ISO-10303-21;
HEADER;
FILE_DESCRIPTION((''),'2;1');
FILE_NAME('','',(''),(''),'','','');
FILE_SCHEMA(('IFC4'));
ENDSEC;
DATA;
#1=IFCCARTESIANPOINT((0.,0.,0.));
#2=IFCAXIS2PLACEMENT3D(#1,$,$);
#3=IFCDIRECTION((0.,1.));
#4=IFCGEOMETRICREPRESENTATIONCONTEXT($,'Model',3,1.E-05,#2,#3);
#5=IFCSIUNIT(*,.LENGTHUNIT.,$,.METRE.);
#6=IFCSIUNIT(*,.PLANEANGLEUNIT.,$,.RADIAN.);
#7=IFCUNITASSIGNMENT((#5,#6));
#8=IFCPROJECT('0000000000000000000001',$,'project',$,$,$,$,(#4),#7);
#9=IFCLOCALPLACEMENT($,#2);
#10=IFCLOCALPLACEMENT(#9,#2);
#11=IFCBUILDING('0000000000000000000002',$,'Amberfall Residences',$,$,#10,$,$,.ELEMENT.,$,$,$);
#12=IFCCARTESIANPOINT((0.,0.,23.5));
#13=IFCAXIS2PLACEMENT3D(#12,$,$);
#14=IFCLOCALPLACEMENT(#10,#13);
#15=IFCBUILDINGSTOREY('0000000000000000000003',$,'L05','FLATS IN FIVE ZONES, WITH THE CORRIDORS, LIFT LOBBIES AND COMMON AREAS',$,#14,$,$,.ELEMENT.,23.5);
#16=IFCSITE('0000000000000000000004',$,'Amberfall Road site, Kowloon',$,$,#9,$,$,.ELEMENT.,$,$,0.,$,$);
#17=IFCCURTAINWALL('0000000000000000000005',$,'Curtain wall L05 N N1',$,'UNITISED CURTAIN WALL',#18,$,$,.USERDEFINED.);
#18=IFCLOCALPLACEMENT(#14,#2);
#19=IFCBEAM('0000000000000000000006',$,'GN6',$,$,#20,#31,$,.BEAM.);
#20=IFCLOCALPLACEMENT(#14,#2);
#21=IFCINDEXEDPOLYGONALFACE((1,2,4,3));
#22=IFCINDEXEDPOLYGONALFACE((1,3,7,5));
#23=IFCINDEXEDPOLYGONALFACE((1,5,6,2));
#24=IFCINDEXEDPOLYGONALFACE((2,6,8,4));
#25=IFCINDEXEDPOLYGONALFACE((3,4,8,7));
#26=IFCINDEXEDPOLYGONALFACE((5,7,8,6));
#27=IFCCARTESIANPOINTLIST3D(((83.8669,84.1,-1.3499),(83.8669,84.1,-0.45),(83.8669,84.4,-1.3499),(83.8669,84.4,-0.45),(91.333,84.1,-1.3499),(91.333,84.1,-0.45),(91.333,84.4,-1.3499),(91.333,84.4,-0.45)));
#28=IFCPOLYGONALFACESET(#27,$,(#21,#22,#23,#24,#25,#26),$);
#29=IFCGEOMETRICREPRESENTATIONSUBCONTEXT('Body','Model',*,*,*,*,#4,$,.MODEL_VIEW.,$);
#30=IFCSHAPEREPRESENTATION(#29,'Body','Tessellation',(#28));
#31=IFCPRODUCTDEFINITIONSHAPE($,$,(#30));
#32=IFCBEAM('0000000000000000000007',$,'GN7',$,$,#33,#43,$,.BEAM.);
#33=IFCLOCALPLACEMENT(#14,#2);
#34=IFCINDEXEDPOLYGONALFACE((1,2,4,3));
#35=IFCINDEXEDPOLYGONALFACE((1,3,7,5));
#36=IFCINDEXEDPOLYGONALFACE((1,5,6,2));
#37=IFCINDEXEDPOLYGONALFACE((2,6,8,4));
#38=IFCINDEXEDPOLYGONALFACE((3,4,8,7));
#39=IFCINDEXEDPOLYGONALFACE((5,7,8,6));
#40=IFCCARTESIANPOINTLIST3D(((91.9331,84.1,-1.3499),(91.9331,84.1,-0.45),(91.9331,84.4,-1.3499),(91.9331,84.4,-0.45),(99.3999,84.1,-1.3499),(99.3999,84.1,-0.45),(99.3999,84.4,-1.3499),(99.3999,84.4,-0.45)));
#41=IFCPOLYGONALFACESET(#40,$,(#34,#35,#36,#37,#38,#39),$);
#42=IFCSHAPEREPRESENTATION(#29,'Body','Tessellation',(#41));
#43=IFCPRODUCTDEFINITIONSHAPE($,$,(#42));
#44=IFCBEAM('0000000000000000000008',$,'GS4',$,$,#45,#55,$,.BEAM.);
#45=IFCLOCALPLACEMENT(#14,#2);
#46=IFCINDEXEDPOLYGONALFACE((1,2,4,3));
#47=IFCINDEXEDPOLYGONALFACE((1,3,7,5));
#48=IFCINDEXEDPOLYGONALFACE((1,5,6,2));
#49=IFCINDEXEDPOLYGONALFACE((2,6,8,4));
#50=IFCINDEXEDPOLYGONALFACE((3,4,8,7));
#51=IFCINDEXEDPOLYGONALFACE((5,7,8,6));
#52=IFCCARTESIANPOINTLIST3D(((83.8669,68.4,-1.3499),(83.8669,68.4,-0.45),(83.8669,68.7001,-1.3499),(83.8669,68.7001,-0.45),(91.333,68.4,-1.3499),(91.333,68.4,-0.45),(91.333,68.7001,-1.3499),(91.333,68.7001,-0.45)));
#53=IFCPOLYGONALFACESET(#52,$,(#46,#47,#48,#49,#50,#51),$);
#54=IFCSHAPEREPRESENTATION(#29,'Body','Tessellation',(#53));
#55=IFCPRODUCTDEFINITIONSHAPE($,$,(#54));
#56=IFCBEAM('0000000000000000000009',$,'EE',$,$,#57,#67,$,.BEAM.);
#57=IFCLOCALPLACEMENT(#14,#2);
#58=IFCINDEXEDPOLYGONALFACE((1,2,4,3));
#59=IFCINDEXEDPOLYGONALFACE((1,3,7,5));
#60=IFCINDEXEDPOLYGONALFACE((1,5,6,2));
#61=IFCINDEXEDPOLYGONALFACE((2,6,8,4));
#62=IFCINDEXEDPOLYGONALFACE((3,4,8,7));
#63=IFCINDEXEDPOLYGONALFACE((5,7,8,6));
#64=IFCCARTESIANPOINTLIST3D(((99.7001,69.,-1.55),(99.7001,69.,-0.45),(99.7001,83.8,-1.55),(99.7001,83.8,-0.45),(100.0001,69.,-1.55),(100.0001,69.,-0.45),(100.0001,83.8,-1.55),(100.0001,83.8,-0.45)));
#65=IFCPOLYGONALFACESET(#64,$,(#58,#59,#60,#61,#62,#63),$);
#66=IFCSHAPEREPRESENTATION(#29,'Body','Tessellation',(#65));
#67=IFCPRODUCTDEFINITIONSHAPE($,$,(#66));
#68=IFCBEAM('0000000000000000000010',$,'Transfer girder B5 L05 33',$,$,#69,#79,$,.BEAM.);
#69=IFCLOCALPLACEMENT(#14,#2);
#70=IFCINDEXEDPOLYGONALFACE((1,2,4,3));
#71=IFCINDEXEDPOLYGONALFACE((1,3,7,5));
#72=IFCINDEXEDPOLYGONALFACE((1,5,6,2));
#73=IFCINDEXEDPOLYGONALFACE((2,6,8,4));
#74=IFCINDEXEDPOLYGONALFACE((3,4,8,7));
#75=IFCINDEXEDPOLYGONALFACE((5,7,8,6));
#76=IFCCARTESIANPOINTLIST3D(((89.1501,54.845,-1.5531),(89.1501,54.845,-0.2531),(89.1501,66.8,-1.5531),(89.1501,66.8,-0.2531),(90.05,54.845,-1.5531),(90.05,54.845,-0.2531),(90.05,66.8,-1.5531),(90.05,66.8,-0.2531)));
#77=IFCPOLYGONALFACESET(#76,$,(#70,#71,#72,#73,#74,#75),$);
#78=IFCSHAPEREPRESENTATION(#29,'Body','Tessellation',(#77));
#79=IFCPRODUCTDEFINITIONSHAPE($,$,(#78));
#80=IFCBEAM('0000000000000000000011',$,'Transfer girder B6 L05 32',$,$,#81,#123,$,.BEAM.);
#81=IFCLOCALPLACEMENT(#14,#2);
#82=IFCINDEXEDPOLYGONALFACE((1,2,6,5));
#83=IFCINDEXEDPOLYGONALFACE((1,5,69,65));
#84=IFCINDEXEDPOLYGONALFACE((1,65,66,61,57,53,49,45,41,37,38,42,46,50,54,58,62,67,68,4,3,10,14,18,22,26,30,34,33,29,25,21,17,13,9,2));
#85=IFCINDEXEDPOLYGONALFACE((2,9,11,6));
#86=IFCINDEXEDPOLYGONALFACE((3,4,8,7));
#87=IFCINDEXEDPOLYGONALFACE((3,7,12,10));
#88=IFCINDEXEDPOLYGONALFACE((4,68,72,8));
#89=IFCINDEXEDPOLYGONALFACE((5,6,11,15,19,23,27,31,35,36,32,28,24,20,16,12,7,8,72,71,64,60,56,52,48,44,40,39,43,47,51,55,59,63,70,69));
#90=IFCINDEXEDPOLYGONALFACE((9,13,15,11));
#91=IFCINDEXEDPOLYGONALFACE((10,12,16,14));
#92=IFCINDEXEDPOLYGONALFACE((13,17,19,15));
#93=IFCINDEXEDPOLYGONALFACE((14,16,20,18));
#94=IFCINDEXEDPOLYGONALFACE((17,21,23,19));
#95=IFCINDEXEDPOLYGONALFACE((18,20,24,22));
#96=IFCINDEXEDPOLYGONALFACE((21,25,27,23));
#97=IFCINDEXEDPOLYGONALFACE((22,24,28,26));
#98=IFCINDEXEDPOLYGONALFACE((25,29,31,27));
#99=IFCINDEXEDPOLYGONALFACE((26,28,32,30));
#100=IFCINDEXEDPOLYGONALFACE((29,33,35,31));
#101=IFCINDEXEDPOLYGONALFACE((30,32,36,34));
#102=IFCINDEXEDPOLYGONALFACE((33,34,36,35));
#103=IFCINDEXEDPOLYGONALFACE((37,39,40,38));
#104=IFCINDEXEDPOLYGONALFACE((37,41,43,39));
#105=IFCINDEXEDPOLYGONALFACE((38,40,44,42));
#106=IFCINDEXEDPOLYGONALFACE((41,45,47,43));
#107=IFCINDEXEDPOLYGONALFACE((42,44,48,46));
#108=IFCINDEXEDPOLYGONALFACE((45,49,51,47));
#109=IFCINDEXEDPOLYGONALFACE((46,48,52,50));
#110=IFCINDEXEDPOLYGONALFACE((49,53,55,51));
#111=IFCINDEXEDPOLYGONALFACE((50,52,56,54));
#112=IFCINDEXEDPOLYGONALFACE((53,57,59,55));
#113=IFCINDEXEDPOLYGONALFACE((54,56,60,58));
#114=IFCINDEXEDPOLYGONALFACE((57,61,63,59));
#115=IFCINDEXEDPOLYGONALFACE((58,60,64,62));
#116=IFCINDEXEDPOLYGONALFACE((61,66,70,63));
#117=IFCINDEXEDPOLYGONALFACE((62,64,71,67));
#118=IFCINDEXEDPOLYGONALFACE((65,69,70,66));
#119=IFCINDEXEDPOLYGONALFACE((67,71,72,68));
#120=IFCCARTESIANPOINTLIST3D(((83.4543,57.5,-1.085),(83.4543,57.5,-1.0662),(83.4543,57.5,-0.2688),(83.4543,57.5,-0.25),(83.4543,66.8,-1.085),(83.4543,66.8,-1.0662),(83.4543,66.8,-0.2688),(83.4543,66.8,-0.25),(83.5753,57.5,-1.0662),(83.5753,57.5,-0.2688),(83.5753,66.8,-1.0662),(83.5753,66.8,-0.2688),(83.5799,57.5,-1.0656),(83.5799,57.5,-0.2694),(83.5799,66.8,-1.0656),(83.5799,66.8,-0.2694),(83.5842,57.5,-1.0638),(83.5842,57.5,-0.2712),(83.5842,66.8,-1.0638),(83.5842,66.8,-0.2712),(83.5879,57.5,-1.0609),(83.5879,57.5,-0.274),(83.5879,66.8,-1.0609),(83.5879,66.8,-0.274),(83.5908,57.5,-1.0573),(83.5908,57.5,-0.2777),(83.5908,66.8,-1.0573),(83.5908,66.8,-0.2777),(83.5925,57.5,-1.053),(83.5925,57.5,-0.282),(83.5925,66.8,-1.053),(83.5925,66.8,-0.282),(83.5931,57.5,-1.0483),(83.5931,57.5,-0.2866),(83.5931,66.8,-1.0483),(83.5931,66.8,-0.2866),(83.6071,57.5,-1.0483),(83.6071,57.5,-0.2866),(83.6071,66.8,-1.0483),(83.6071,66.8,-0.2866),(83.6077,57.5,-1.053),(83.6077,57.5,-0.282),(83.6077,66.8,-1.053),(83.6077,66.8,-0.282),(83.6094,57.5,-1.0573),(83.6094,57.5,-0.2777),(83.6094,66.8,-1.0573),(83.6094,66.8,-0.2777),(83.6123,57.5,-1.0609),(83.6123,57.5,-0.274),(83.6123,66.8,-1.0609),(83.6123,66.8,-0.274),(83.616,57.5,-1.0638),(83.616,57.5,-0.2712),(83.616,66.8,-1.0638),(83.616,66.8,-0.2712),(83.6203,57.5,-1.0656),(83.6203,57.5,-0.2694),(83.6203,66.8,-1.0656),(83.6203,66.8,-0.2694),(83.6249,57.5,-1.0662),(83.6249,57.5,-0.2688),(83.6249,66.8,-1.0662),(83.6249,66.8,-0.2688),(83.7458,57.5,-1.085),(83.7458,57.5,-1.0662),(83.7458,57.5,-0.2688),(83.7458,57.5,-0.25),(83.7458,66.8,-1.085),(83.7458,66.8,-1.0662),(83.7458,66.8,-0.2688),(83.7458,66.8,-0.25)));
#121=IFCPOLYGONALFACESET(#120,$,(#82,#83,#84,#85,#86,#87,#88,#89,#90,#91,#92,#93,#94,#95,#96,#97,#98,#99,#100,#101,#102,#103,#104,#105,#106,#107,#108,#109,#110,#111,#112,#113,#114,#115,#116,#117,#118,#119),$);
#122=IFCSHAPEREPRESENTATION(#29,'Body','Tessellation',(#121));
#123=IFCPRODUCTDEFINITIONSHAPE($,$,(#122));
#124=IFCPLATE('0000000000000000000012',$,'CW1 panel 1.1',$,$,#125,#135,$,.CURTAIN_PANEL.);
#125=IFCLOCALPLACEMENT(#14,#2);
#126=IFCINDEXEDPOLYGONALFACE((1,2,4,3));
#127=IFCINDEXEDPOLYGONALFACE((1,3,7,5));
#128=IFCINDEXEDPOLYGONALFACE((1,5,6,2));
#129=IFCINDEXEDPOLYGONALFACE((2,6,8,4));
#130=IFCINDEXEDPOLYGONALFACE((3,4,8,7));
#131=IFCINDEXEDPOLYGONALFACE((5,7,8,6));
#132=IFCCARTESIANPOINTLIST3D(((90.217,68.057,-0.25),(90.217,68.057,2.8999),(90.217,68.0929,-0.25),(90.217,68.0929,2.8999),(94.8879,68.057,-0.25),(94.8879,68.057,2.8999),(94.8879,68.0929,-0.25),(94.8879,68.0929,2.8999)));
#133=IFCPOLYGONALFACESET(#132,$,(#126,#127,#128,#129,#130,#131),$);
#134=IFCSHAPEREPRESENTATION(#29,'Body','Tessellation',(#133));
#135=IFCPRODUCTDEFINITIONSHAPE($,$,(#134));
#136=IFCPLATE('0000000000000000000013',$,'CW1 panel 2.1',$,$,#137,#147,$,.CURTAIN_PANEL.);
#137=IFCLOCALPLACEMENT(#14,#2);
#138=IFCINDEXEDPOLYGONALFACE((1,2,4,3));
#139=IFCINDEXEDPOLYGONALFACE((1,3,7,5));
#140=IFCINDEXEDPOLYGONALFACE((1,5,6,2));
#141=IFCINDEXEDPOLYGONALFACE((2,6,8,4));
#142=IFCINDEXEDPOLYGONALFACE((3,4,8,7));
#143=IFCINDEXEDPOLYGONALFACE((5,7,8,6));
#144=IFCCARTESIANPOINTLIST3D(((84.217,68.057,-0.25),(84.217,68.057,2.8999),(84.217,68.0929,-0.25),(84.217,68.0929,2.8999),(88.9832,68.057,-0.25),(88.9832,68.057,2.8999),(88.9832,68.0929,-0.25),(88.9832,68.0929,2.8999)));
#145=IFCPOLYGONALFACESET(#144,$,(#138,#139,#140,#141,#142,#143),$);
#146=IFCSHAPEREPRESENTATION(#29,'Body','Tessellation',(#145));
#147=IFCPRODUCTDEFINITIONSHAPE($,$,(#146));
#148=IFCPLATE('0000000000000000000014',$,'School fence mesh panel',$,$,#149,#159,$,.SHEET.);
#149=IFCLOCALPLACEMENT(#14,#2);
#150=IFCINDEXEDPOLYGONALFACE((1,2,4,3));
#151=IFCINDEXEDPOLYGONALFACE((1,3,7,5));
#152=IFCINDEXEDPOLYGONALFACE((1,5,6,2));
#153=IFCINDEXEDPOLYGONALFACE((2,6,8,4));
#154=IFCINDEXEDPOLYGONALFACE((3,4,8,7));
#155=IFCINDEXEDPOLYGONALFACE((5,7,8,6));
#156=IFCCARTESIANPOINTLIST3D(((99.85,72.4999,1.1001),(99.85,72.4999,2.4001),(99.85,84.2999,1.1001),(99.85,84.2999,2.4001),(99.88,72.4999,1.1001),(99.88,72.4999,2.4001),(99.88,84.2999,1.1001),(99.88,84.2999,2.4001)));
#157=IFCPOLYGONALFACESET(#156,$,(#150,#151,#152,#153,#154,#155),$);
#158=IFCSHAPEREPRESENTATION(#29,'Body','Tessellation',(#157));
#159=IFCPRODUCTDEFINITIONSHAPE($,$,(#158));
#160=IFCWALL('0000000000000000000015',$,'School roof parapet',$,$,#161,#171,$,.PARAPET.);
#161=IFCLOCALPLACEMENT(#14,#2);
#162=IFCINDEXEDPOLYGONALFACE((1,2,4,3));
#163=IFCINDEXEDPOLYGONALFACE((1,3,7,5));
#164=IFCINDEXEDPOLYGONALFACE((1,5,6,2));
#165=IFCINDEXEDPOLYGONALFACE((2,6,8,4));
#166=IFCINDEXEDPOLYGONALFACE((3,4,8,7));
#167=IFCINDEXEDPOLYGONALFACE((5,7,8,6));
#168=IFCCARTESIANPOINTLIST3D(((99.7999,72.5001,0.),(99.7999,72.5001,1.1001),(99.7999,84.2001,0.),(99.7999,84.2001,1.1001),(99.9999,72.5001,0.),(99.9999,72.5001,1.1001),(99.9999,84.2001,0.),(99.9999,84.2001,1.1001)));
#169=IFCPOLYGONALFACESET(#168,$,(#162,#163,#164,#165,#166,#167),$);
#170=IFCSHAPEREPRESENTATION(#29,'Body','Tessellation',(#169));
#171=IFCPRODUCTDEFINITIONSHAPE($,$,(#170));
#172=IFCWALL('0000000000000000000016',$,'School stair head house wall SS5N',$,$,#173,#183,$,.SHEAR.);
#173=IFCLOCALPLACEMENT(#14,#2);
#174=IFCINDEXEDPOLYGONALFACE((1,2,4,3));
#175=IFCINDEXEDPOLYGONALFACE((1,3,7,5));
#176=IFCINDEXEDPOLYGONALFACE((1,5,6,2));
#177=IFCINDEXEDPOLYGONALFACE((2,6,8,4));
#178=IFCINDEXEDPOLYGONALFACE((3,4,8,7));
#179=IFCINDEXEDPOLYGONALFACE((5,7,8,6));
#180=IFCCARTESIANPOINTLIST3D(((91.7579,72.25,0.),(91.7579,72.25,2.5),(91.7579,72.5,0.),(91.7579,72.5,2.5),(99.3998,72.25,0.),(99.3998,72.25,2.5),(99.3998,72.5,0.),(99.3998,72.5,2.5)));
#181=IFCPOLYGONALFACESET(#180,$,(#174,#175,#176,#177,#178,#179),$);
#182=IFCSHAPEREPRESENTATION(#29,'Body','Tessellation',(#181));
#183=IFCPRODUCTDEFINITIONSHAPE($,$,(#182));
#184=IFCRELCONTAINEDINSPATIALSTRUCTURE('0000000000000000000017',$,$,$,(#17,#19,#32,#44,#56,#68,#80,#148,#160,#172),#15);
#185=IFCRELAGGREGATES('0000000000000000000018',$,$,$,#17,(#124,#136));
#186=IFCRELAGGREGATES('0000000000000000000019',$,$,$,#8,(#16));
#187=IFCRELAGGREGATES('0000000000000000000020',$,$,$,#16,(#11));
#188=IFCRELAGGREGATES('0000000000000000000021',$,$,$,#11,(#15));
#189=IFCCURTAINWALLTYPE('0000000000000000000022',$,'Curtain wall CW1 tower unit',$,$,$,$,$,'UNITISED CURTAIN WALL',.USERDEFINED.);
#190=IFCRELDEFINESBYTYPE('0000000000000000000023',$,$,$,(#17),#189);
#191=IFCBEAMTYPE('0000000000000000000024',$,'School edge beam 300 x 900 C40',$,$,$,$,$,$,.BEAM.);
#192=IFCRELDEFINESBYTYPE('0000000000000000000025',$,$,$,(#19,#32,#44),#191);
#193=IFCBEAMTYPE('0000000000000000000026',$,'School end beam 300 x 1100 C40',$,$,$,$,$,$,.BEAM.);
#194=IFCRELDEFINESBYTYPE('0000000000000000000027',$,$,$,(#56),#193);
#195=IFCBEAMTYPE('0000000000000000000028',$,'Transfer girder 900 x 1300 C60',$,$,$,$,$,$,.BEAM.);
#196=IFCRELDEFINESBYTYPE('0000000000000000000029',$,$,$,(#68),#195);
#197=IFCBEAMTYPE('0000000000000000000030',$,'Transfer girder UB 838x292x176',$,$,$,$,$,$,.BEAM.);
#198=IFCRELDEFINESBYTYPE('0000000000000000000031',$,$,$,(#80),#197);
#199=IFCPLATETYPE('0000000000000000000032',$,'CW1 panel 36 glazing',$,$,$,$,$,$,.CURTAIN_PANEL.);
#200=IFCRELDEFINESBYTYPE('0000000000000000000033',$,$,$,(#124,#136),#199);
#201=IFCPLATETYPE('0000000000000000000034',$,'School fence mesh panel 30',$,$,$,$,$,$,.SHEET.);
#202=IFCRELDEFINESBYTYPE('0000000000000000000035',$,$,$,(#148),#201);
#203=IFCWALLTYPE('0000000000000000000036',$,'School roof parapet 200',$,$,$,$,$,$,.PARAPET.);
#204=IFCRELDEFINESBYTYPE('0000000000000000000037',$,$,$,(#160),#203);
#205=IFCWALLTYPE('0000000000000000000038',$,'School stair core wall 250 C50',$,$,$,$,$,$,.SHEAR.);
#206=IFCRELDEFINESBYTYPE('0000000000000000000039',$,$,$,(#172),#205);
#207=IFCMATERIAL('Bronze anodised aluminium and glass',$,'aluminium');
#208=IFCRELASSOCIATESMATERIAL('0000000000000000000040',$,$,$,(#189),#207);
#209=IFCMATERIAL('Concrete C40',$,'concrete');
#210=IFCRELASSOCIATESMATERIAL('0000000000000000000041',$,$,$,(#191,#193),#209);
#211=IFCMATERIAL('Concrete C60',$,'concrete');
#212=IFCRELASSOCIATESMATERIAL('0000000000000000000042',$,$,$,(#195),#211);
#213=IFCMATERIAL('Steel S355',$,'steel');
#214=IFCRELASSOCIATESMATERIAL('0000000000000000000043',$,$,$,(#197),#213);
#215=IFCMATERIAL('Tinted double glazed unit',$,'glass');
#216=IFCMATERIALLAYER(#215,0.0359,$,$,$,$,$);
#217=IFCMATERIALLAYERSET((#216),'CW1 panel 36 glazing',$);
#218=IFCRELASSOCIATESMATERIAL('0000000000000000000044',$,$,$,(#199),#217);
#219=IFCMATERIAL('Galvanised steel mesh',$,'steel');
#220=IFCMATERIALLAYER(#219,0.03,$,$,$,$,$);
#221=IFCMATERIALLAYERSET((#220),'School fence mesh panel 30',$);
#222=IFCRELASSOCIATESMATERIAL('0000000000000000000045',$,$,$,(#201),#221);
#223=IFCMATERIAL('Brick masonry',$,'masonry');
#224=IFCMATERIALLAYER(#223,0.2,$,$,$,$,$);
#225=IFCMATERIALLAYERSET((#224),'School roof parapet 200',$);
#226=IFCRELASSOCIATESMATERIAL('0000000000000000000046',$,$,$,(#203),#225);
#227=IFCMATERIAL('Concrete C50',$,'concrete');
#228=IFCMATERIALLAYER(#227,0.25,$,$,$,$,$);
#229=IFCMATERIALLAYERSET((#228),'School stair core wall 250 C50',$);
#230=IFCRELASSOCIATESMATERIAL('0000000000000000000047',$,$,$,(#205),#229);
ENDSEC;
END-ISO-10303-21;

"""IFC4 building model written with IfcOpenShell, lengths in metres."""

from ifc_helpers import new_model, si_unit, direction, frame, frame_2d, origin, origin_2d, place, context, subcontext, project, spatial, rectangle, i_section, extrude, material, layer, layer_set, material_profile, profile_set, type_object, element, aggregate, save


model = new_model("IFC4")

# Units and contexts
model_context = context("Model", 3, precision=1e-05, world=origin(), true_north=direction((0.0, 1.0)))
body_context = subcontext(model_context, "Body", "Model", "MODEL_VIEW")
ifc_project = project(units=[si_unit("LENGTHUNIT", "METRE"), si_unit("PLANEANGLEUNIT", "RADIAN")], contexts=[model_context])

# Site, building, storey
site_placement = place(None, origin())
site = spatial("IfcSite", under=ifc_project, at=site_placement, Name="Amberfall Road site, Kowloon", CompositionType="ELEMENT", RefElevation=0.0)
building_placement = place(site_placement, origin())
building = spatial("IfcBuilding", under=site, at=building_placement, Name="Amberfall Residences", CompositionType="ELEMENT")
storey_placement = place(building_placement, frame((0.0, 0.0, 23.5)))
storey = spatial("IfcBuildingStorey", under=building, at=storey_placement, Name="L05", Description="FLATS IN FIVE ZONES, WITH THE CORRIDORS, LIFT LOBBIES AND COMMON AREAS", CompositionType="ELEMENT", Elevation=23.5)

# Curtain wall
ifc_material_1 = material(Name="Bronze anodised aluminium and glass", Category="aluminium")
curtain_wall_type = type_object("IfcCurtainWallType", Name="Curtain wall CW1 tower unit", ElementType="UNITISED CURTAIN WALL", PredefinedType="USERDEFINED", material=ifc_material_1)
curtain_wall_placement = place(storey_placement, origin())
curtain_wall = element("IfcCurtainWall", 1, at=curtain_wall_placement, inside=storey, type_object=curtain_wall_type, Name="Curtain wall L05 N N1", ObjectType="UNITISED CURTAIN WALL", PredefinedType="USERDEFINED")

# Shared definitions
ifc_material_2 = material(Name="Steel S355", Category="steel")

# Beams
ifc_material_3 = material(Name="Concrete C40", Category="concrete")
ifc_material_profile_1 = material_profile(ifc_material_3, rectangle(XDim=0.3, YDim=0.8999, at=origin_2d()), Name="School edge beam 300 x 900 C40")
ifc_profile_set_1 = profile_set([ifc_material_profile_1], Name="Concrete C40")
beam_type_1 = type_object("IfcBeamType", Name="School edge beam 300 x 900 C40", PredefinedType="BEAM", material=ifc_profile_set_1)
beam_1_placement = place(storey_placement, frame((83.8669, 84.25, -0.8999), z_axis=(1.0, 0.0, 0.0), x_axis=(0.0, 1.0, 0.0)))
element("IfcBeam", 2, at=beam_1_placement, inside=storey, type_object=beam_type_1, Name="GN6", PredefinedType="BEAM", context=body_context, shape_type="SweptSolid", body=[
    extrude(rectangle(XDim=0.3, YDim=0.8999, at=origin_2d()), origin(), (0.0, 0.0, 1.0), 7.4661),
])
beam_2_placement = place(storey_placement, frame((91.9331, 84.25, -0.8999), z_axis=(1.0, 0.0, 0.0), x_axis=(0.0, 1.0, 0.0)))
element("IfcBeam", 3, at=beam_2_placement, inside=storey, type_object=beam_type_1, Name="GN7", PredefinedType="BEAM", context=body_context, shape_type="SweptSolid", body=[
    extrude(rectangle(XDim=0.3, YDim=0.8999, at=origin_2d()), origin(), (0.0, 0.0, 1.0), 7.4668),
])
beam_3_placement = place(storey_placement, frame((83.8669, 68.55, -0.8999), z_axis=(1.0, 0.0, 0.0), x_axis=(0.0, 1.0, 0.0)))
element("IfcBeam", 4, at=beam_3_placement, inside=storey, type_object=beam_type_1, Name="GS4", PredefinedType="BEAM", context=body_context, shape_type="SweptSolid", body=[
    extrude(rectangle(XDim=0.3, YDim=0.8999, at=origin_2d()), origin(), (0.0, 0.0, 1.0), 7.4661),
])
ifc_material_profile_2 = material_profile(ifc_material_3, rectangle(XDim=0.3, YDim=1.1001, at=origin_2d()), Name="School end beam 300 x 1100 C40")
ifc_profile_set_2 = profile_set([ifc_material_profile_2], Name="Concrete C40")
beam_type_2 = type_object("IfcBeamType", Name="School end beam 300 x 1100 C40", PredefinedType="BEAM", material=ifc_profile_set_2)
beam_4_placement = place(storey_placement, frame((99.8501, 69.0, -1.0), z_axis=(0.0, 1.0, 0.0), x_axis=(-1.0, 0.0, 0.0)))
element("IfcBeam", 5, at=beam_4_placement, inside=storey, type_object=beam_type_2, Name="EE", PredefinedType="BEAM", context=body_context, shape_type="SweptSolid", body=[
    extrude(rectangle(XDim=0.3, YDim=1.1001, at=origin_2d()), origin(), (0.0, 0.0, 1.0), 14.8),
])
ifc_material_4 = material(Name="Concrete C60", Category="concrete")
ifc_material_profile_3 = material_profile(ifc_material_4, rectangle(XDim=0.8999, YDim=1.3, at=origin_2d()), Name="Transfer girder 900 x 1300 C60")
ifc_profile_set_3 = profile_set([ifc_material_profile_3], Name="Concrete C60")
beam_type_3 = type_object("IfcBeamType", Name="Transfer girder 900 x 1300 C60", PredefinedType="BEAM", material=ifc_profile_set_3)
beam_5_placement = place(storey_placement, frame((89.6001, 66.8, -0.9031), z_axis=(0.0, -1.0, 0.0), x_axis=(1.0, 0.0, 0.0)))
element("IfcBeam", 6, at=beam_5_placement, inside=storey, type_object=beam_type_3, Name="Transfer girder B5 L05 33", PredefinedType="BEAM", context=body_context, shape_type="SweptSolid", body=[
    extrude(rectangle(XDim=0.8999, YDim=1.3, at=origin_2d()), origin(), (0.0, 0.0, 1.0), 11.9551),
])
ifc_material_profile_4 = material_profile(ifc_material_2, i_section(OverallWidth=0.2915, OverallDepth=0.835, WebThickness=0.0139, FlangeThickness=0.0188, FilletRadius=0.0178, at=origin_2d()), Name="UB 838x292x176")
ifc_profile_set_4 = profile_set([ifc_material_profile_4], Name="Steel S355")
beam_type_4 = type_object("IfcBeamType", Name="Transfer girder UB 838x292x176", PredefinedType="BEAM", material=ifc_profile_set_4)
beam_6_placement = place(storey_placement, frame((83.6001, 66.8, -0.6675), z_axis=(0.0, -1.0, 0.0), x_axis=(1.0, 0.0, 0.0)))
element("IfcBeam", 7, at=beam_6_placement, inside=storey, type_object=beam_type_4, Name="Transfer girder B6 L05 32", PredefinedType="BEAM", context=body_context, shape_type="SweptSolid", body=[
    extrude(i_section(OverallWidth=0.2915, OverallDepth=0.835, WebThickness=0.0139, FlangeThickness=0.0188, FilletRadius=0.0178, at=origin_2d()), origin(), (0.0, 0.0, 1.0), 9.3),
])

# Plates
ifc_material_5 = material(Name="Tinted double glazed unit", Category="glass")
ifc_layer_1 = layer(ifc_material_5, 0.0359)
ifc_layer_set_1 = layer_set([ifc_layer_1], Name="CW1 panel 36 glazing")
plate_type_1 = type_object("IfcPlateType", Name="CW1 panel 36 glazing", PredefinedType="CURTAIN_PANEL", material=ifc_layer_set_1)
plate_1_placement = place(storey_placement, frame((92.5525, 68.075, -0.25), z_axis=(0.0, 0.0, 1.0), x_axis=(-1.0, 0.0, 0.0)))
plate_1 = element("IfcPlate", 8, at=plate_1_placement, type_object=plate_type_1, Name="CW1 panel 1.1", PredefinedType="CURTAIN_PANEL", context=body_context, shape_type="SweptSolid", body=[
    extrude(rectangle(XDim=4.6709, YDim=0.0359, at=origin_2d()), origin(), (0.0, 0.0, 1.0), 3.1499),
])
plate_2_placement = place(storey_placement, frame((86.6001, 68.075, -0.25), z_axis=(0.0, 0.0, 1.0), x_axis=(-1.0, 0.0, 0.0)))
plate_2 = element("IfcPlate", 9, at=plate_2_placement, type_object=plate_type_1, Name="CW1 panel 2.1", PredefinedType="CURTAIN_PANEL", context=body_context, shape_type="SweptSolid", body=[
    extrude(rectangle(XDim=4.7661, YDim=0.0359, at=origin_2d()), origin(), (0.0, 0.0, 1.0), 3.1499),
])
aggregate(curtain_wall, [plate_1, plate_2])
ifc_material_6 = material(Name="Galvanised steel mesh", Category="steel")
ifc_layer_2 = layer(ifc_material_6, 0.03)
ifc_layer_set_2 = layer_set([ifc_layer_2], Name="School fence mesh panel 30")
plate_type_2 = type_object("IfcPlateType", Name="School fence mesh panel 30", PredefinedType="SHEET", material=ifc_layer_set_2)
plate_3_placement = place(storey_placement, frame((99.865, 78.3999, 1.1001), z_axis=(0.0, 0.0, 1.0), x_axis=(0.0, 1.0, 0.0)))
element("IfcPlate", 10, at=plate_3_placement, inside=storey, type_object=plate_type_2, Name="School fence mesh panel", PredefinedType="SHEET", context=body_context, shape_type="SweptSolid", body=[
    extrude(rectangle(XDim=11.8, YDim=0.03, at=origin_2d()), origin(), (0.0, 0.0, 1.0), 1.3),
])

# Walls
ifc_material_7 = material(Name="Brick masonry", Category="masonry")
ifc_layer_3 = layer(ifc_material_7, 0.2)
ifc_layer_set_3 = layer_set([ifc_layer_3], Name="School roof parapet 200")
wall_type_1 = type_object("IfcWallType", Name="School roof parapet 200", PredefinedType="PARAPET", material=ifc_layer_set_3)
wall_1_placement = place(storey_placement, frame((99.8999, 72.5, 0.0), z_axis=(0.0, 0.0, 1.0), x_axis=(0.0, 1.0, 0.0)))
element("IfcWall", 11, at=wall_1_placement, inside=storey, type_object=wall_type_1, Name="School roof parapet", PredefinedType="PARAPET", context=body_context, shape_type="SweptSolid", body=[
    extrude(rectangle(XDim=11.7, YDim=0.2, at=frame_2d((5.8501, 0.0))), origin(), (0.0, 0.0, 1.0), 1.1001),
])
ifc_material_8 = material(Name="Concrete C50", Category="concrete")
ifc_layer_4 = layer(ifc_material_8, 0.25)
ifc_layer_set_4 = layer_set([ifc_layer_4], Name="School stair core wall 250 C50")
wall_type_2 = type_object("IfcWallType", Name="School stair core wall 250 C50", PredefinedType="SHEAR", material=ifc_layer_set_4)
wall_2_placement = place(storey_placement, frame((91.7581, 72.375, 0.0), z_axis=(0.0, 0.0, 1.0), x_axis=(1.0, 0.0, 0.0)))
element("IfcWall", 12, at=wall_2_placement, inside=storey, type_object=wall_type_2, Name="School stair head house wall SS5N", PredefinedType="SHEAR", context=body_context, shape_type="SweptSolid", body=[
    extrude(rectangle(XDim=7.6418, YDim=0.25, at=frame_2d((3.8208, 0.0))), origin(), (0.0, 0.0, 1.0), 2.5),
])

save(model, "model.ifc")
